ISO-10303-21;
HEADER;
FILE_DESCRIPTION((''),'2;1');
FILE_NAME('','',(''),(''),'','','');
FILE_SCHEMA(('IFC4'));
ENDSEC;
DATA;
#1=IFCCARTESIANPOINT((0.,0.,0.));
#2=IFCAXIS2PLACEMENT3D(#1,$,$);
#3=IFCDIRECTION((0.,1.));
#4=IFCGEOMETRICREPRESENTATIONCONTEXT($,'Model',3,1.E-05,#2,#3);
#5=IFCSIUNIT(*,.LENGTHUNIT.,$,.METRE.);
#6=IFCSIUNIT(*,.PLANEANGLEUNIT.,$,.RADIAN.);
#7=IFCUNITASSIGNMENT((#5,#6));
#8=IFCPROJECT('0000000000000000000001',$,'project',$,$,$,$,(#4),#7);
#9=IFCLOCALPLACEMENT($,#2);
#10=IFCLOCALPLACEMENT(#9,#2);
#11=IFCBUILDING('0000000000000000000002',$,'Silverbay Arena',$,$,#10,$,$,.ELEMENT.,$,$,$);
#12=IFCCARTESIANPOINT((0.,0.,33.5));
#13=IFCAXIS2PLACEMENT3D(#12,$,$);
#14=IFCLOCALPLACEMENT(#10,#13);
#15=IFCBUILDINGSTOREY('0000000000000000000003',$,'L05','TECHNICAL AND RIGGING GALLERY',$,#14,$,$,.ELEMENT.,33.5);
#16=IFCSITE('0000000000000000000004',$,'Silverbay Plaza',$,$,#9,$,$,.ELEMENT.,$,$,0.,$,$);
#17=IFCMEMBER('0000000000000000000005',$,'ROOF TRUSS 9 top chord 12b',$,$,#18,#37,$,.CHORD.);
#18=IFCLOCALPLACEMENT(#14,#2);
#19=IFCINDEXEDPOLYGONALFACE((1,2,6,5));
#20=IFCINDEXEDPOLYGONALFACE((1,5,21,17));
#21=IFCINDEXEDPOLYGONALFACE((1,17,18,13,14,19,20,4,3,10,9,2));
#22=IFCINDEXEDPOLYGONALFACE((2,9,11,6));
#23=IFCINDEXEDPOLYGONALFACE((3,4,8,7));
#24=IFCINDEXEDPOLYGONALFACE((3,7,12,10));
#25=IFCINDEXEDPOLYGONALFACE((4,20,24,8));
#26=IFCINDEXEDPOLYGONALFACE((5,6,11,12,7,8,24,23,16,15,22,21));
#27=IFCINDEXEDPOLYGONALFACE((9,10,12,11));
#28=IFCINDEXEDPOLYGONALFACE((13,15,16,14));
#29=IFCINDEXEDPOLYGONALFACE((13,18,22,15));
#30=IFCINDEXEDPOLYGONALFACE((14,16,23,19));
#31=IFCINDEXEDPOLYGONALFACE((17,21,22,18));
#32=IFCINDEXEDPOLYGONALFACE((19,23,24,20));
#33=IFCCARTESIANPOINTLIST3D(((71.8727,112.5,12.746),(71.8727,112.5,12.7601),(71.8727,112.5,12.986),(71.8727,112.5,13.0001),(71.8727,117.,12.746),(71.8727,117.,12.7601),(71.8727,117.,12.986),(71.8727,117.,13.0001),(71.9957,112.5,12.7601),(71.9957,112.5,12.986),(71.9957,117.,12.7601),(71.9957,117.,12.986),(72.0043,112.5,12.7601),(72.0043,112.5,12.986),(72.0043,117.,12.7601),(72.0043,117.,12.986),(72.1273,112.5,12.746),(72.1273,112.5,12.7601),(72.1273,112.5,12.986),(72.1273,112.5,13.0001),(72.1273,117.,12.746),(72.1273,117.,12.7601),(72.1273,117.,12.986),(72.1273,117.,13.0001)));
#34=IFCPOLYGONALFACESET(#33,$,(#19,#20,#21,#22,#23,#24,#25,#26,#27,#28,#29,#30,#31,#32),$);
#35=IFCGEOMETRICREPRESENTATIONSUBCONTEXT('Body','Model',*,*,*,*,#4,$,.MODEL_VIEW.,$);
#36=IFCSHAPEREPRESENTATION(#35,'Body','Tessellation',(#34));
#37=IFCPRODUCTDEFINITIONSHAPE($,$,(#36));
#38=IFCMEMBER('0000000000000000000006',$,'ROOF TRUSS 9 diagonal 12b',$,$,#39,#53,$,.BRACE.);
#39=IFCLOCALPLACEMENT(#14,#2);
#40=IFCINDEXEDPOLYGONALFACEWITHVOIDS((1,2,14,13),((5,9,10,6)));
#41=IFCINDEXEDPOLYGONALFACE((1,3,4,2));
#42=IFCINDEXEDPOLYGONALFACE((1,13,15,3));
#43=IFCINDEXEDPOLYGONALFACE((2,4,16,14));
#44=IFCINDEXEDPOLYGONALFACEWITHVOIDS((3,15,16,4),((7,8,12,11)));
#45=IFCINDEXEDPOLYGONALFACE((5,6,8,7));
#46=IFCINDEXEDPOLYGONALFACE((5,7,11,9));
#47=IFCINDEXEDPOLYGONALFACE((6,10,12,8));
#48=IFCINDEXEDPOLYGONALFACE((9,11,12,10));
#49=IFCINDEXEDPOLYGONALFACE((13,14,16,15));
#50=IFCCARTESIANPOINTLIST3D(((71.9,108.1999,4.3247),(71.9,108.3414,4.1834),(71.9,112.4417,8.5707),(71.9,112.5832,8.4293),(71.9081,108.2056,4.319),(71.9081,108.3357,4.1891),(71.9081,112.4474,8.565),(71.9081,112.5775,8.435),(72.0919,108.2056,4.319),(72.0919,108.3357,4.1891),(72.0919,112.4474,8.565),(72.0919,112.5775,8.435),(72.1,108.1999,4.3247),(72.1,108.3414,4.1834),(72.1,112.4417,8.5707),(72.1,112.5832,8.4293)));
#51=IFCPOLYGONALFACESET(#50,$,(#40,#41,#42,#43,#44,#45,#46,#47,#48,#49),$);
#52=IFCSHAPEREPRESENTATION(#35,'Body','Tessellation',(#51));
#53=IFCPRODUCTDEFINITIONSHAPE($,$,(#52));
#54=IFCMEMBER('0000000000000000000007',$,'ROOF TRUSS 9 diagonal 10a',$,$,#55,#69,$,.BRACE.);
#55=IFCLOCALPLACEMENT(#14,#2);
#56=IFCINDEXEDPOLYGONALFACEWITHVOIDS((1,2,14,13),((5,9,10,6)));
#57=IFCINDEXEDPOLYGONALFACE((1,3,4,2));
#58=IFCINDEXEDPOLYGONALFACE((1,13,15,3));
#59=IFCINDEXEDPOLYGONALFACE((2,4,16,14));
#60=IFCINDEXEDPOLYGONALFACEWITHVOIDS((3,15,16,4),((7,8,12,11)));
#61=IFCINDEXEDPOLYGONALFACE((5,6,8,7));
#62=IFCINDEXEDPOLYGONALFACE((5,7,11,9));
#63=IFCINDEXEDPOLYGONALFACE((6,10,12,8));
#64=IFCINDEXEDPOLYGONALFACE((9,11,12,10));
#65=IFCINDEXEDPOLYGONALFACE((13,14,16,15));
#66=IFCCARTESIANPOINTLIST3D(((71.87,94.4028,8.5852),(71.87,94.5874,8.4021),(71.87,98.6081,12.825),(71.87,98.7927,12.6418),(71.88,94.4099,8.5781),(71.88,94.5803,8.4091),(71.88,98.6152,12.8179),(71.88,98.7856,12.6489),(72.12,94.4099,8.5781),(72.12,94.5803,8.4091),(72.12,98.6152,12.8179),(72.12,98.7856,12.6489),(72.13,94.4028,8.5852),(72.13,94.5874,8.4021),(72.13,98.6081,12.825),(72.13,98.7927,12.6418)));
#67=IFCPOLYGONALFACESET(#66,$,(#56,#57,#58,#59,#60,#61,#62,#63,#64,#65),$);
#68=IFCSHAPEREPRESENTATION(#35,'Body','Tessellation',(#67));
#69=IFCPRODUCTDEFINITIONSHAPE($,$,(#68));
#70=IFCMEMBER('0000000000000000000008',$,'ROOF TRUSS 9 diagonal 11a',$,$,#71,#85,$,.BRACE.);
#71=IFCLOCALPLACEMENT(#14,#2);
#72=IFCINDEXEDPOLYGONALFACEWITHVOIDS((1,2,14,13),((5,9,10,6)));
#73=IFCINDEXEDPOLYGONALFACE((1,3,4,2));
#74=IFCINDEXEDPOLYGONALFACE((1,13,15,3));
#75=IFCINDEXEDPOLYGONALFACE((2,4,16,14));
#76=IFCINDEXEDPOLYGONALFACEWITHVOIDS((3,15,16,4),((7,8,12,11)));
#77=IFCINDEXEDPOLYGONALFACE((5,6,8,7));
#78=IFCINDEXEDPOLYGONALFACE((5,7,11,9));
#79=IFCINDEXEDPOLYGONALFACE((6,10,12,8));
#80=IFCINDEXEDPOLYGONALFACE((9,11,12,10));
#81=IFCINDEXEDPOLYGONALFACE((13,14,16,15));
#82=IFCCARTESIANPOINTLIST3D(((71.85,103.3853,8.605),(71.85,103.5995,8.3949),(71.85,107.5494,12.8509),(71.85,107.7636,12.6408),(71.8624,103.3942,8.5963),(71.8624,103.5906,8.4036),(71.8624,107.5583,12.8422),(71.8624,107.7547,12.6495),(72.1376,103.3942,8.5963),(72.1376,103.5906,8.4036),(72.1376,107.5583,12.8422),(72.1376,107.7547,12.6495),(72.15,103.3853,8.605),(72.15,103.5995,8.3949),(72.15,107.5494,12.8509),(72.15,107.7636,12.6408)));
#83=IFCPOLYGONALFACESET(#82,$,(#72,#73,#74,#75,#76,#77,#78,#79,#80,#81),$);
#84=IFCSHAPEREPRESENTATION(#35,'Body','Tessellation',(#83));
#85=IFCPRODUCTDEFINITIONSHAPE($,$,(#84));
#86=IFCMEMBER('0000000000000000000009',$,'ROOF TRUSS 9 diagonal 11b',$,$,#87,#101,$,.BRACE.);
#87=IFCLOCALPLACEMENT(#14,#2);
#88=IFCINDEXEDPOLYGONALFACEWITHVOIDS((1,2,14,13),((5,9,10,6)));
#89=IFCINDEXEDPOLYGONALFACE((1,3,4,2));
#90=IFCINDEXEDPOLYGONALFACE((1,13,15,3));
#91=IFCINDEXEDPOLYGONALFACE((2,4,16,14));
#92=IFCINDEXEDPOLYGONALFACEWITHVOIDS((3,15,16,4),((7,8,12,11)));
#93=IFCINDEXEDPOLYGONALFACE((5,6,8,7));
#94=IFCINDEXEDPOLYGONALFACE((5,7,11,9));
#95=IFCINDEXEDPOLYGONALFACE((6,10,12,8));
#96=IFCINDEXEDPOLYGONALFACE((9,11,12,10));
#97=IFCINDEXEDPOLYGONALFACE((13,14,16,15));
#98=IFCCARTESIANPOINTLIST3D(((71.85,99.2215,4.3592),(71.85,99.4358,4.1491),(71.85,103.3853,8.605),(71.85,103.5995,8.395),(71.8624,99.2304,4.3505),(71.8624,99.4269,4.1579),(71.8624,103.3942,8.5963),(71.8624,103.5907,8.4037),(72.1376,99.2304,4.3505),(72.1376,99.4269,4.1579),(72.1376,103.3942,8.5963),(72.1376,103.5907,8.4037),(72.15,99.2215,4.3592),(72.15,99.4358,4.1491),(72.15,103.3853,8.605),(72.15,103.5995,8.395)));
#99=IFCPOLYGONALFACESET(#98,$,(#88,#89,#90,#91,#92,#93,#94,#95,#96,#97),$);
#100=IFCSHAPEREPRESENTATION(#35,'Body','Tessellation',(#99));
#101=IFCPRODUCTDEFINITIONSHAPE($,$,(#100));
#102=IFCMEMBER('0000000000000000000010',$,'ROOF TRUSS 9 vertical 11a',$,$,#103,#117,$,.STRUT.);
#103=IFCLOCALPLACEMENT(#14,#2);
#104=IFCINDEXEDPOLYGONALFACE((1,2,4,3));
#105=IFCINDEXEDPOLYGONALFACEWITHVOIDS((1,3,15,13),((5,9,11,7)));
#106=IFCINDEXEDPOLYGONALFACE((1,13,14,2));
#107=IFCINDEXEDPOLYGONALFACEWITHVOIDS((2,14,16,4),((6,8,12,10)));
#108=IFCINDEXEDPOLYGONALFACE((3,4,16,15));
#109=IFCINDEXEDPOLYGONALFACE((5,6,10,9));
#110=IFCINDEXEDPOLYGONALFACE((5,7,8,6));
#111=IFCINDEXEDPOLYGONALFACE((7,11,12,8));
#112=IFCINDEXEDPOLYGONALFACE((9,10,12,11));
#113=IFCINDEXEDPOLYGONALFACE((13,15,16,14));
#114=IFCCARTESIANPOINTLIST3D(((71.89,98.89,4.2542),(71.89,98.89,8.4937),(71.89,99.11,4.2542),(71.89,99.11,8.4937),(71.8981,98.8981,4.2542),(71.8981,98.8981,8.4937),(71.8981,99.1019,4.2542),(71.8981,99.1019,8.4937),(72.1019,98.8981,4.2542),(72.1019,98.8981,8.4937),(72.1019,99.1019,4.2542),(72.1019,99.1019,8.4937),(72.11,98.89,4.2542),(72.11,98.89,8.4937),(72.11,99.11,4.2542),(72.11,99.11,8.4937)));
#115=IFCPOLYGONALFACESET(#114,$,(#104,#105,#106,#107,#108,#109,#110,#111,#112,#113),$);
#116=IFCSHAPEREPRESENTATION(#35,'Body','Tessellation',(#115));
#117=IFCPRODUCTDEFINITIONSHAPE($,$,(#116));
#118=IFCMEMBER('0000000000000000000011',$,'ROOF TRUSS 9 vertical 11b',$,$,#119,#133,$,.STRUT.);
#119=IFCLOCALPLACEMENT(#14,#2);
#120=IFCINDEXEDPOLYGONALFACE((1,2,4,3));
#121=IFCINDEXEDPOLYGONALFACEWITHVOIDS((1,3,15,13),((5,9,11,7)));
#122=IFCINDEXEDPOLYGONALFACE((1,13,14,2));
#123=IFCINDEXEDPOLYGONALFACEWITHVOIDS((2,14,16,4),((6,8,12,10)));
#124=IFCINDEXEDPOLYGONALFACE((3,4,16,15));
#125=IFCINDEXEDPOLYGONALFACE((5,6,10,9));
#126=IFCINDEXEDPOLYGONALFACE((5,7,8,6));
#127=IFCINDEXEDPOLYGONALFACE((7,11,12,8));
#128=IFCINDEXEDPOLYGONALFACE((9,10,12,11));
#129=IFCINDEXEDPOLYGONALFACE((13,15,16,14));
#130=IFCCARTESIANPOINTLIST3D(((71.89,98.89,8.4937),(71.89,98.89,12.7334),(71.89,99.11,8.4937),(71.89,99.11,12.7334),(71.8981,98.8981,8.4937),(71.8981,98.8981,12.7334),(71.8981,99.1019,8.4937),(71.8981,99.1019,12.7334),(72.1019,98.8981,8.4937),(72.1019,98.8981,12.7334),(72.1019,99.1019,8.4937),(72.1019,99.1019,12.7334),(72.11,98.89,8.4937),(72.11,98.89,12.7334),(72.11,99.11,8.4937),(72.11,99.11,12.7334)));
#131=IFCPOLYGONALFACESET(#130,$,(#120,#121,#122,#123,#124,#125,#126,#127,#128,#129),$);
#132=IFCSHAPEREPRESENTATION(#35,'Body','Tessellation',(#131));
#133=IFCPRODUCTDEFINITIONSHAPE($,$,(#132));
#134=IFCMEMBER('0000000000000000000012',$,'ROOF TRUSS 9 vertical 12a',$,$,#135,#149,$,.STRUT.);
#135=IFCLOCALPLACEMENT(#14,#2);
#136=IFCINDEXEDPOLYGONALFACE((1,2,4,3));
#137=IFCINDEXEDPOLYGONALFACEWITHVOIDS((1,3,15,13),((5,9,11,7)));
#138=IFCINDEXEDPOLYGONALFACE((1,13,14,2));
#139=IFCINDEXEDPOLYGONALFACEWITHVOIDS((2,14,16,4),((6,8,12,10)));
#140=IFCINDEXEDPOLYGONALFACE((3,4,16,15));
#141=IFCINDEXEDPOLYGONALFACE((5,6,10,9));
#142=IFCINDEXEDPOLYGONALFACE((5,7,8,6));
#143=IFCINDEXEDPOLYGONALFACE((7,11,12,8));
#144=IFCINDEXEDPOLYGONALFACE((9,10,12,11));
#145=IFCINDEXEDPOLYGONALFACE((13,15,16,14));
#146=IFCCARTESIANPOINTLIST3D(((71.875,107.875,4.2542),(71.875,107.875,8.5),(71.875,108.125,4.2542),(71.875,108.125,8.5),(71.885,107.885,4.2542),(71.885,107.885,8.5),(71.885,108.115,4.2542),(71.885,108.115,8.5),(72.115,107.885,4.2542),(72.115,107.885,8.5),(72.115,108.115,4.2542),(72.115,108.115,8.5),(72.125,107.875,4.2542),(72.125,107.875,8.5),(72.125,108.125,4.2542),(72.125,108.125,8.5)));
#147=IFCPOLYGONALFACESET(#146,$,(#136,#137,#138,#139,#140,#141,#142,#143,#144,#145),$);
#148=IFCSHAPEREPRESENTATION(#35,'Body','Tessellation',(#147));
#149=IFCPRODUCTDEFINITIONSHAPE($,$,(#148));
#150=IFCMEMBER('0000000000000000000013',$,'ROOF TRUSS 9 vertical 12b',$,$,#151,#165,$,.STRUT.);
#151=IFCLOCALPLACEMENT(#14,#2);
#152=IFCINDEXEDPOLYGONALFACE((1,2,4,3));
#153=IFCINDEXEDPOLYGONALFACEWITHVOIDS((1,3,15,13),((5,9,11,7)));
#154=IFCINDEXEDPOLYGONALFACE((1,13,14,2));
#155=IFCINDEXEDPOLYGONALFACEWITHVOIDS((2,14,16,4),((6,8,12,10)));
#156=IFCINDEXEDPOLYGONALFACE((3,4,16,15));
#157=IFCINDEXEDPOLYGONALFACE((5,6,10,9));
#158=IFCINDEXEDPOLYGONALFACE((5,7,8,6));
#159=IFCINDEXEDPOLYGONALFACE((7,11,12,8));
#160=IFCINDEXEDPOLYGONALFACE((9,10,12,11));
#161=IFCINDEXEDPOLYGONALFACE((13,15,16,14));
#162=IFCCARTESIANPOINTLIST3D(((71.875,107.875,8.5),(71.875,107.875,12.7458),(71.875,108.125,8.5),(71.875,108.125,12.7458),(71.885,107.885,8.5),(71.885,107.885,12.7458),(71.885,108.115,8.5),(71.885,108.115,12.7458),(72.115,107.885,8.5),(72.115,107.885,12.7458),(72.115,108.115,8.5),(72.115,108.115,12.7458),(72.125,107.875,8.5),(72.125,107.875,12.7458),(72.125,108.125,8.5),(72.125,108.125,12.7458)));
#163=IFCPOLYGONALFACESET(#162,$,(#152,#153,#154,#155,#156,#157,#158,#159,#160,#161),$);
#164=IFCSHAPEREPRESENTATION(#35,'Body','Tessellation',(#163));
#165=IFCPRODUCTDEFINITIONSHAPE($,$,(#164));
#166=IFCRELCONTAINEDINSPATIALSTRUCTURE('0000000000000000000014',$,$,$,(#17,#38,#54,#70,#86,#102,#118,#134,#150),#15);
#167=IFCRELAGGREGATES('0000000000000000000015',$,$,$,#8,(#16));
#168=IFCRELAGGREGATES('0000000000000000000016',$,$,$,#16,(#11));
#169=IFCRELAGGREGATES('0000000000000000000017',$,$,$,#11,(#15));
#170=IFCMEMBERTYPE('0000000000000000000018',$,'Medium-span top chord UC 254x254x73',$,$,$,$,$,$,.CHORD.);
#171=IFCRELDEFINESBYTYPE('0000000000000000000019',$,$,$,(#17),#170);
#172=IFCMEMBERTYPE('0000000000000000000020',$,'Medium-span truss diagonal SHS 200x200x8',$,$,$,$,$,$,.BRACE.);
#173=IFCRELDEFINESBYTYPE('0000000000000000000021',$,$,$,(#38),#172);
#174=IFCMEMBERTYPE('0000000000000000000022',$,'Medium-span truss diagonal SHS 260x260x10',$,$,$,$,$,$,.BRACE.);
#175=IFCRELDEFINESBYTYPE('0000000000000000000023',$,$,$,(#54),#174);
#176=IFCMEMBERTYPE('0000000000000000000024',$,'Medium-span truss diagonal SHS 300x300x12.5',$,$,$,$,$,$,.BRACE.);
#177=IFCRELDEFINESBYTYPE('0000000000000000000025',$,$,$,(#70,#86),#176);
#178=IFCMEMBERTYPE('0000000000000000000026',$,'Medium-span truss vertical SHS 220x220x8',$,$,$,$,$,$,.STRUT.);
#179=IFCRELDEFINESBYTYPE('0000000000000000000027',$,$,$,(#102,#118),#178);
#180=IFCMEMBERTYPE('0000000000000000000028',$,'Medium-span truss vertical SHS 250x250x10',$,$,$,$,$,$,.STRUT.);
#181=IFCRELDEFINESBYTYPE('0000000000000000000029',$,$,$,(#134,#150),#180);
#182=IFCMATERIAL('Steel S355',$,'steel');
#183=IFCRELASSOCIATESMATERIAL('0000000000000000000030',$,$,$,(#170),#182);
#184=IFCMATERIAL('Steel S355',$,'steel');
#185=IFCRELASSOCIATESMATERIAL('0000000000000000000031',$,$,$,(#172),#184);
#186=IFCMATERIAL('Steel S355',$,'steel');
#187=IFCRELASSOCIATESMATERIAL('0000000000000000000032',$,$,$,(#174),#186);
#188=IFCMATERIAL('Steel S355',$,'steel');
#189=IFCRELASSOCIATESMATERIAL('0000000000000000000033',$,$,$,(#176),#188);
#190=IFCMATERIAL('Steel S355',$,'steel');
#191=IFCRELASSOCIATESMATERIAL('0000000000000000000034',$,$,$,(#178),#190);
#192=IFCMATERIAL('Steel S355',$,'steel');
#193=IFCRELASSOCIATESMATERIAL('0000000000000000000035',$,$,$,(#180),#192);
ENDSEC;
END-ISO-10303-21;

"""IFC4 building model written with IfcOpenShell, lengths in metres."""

from ifc_helpers import new_model, si_unit, direction, frame, origin, origin_2d, place, context, subcontext, project, spatial, hollow_rectangle, i_section, extrude, material, material_profile, profile_set, type_object, element, save


model = new_model("IFC4")

# Units and contexts
model_context = context("Model", 3, precision=1e-05, world=origin(), true_north=direction((0.0, 1.0)))
body_context = subcontext(model_context, "Body", "Model", "MODEL_VIEW")
ifc_project = project(units=[si_unit("LENGTHUNIT", "METRE"), si_unit("PLANEANGLEUNIT", "RADIAN")], contexts=[model_context])

# Site, building, storey
site_placement = place(None, origin())
site = spatial("IfcSite", under=ifc_project, at=site_placement, Name="Silverbay Plaza", CompositionType="ELEMENT", RefElevation=0.0)
building_placement = place(site_placement, origin())
building = spatial("IfcBuilding", under=site, at=building_placement, Name="Silverbay Arena", CompositionType="ELEMENT")
storey_placement = place(building_placement, frame((0.0, 0.0, 33.5)))
storey = spatial("IfcBuildingStorey", under=building, at=storey_placement, Name="L05", Description="TECHNICAL AND RIGGING GALLERY", CompositionType="ELEMENT", Elevation=33.5)

# Members
ifc_material_1 = material(Name="Steel S355", Category="steel")
ifc_material_profile_1 = material_profile(ifc_material_1, i_section(OverallWidth=0.2546, OverallDepth=0.2542, WebThickness=0.0085, FlangeThickness=0.0142, at=origin_2d()), Name="UC 254x254x73")
ifc_profile_set_1 = profile_set([ifc_material_profile_1], Name="Steel S355")
member_type_1 = type_object("IfcMemberType", Name="Medium-span top chord UC 254x254x73", PredefinedType="CHORD", material=ifc_profile_set_1)
for number, where, z_axis, x_axis, name in (
    (1, (72.0, 112.5, 12.873), (0.0, 1.0, 0.0), (-1.0, 0.0, 0.0), "ROOF TRUSS 9 top chord 12b"),
):
    element("IfcMember", number, at=place(storey_placement, frame(where, z_axis=z_axis, x_axis=x_axis)), inside=storey, type_object=member_type_1, Name=name, PredefinedType="CHORD", context=body_context, shape_type="SweptSolid", body=[
        extrude(i_section(OverallWidth=0.2546, OverallDepth=0.2542, WebThickness=0.0085, FlangeThickness=0.0142, at=origin_2d()), origin(), (0.0, 0.0, 1.0), 4.5),
    ])
ifc_material_2 = material(Name="Steel S355", Category="steel")
ifc_material_profile_2 = material_profile(ifc_material_2, hollow_rectangle(XDim=0.2, YDim=0.2, WallThickness=0.0081, at=origin_2d()), Name="SHS 200x200x8")
ifc_profile_set_2 = profile_set([ifc_material_profile_2], Name="Steel S355")
member_type_2 = type_object("IfcMemberType", Name="Medium-span truss diagonal SHS 200x200x8", PredefinedType="BRACE", material=ifc_profile_set_2)
member_1_placement = place(storey_placement, frame((72.0, 112.5125, 8.5), z_axis=(0.0, -0.706761, -0.707452), x_axis=(1.0, 0.0, 0.0)))
element("IfcMember", 2, at=member_1_placement, inside=storey, type_object=member_type_2, Name="ROOF TRUSS 9 diagonal 12b", PredefinedType="BRACE", context=body_context, shape_type="SweptSolid", body=[
    extrude(hollow_rectangle(XDim=0.2, YDim=0.2, WallThickness=0.0081, at=origin_2d()), origin(), (0.0, 0.0, 1.0), 6.0017),
])
ifc_material_3 = material(Name="Steel S355", Category="steel")
ifc_material_profile_3 = material_profile(ifc_material_3, hollow_rectangle(XDim=0.26, YDim=0.26, WallThickness=0.01, at=origin_2d()), Name="SHS 260x260x10")
ifc_profile_set_3 = profile_set([ifc_material_profile_3], Name="Steel S355")
member_type_3 = type_object("IfcMemberType", Name="Medium-span truss diagonal SHS 260x260x10", PredefinedType="BRACE", material=ifc_profile_set_3)
member_2_placement = place(storey_placement, frame((72.0, 98.7004, 12.7334), z_axis=(0.0, -0.704219, -0.709983), x_axis=(1.0, 0.0, 0.0)))
element("IfcMember", 3, at=member_2_placement, inside=storey, type_object=member_type_3, Name="ROOF TRUSS 9 diagonal 10a", PredefinedType="BRACE", context=body_context, shape_type="SweptSolid", body=[
    extrude(hollow_rectangle(XDim=0.26, YDim=0.26, WallThickness=0.01, at=origin_2d()), origin(), (0.0, 0.0, 1.0), 5.9717),
])
ifc_material_4 = material(Name="Steel S355", Category="steel")
ifc_material_profile_4 = material_profile(ifc_material_4, hollow_rectangle(XDim=0.3, YDim=0.3, WallThickness=0.0125, at=origin_2d()), Name="SHS 300x300x12.5")
ifc_profile_set_4 = profile_set([ifc_material_profile_4], Name="Steel S355")
member_type_4 = type_object("IfcMemberType", Name="Medium-span truss diagonal SHS 300x300x12.5", PredefinedType="BRACE", material=ifc_profile_set_4)
member_3_placement = place(storey_placement, frame((72.0, 107.6565, 12.7458), z_axis=(0.0, -0.700197, -0.71395), x_axis=(1.0, 0.0, 0.0)))
element("IfcMember", 4, at=member_3_placement, inside=storey, type_object=member_type_4, Name="ROOF TRUSS 9 diagonal 11a", PredefinedType="BRACE", context=body_context, shape_type="SweptSolid", body=[
    extrude(hollow_rectangle(XDim=0.3, YDim=0.3, WallThickness=0.0125, at=origin_2d()), origin(), (0.0, 0.0, 1.0), 5.947),
])
member_4_placement = place(storey_placement, frame((72.0, 103.4924, 8.5), z_axis=(0.0, -0.700176, -0.71397), x_axis=(1.0, 0.0, 0.0)))
element("IfcMember", 5, at=member_4_placement, inside=storey, type_object=member_type_4, Name="ROOF TRUSS 9 diagonal 11b", PredefinedType="BRACE", context=body_context, shape_type="SweptSolid", body=[
    extrude(hollow_rectangle(XDim=0.3, YDim=0.3, WallThickness=0.0125, at=origin_2d()), origin(), (0.0, 0.0, 1.0), 5.9468),
])
ifc_material_5 = material(Name="Steel S355", Category="steel")
ifc_material_profile_5 = material_profile(ifc_material_5, hollow_rectangle(XDim=0.22, YDim=0.22, WallThickness=0.0081, at=origin_2d()), Name="SHS 220x220x8")
ifc_profile_set_5 = profile_set([ifc_material_profile_5], Name="Steel S355")
member_type_5 = type_object("IfcMemberType", Name="Medium-span truss vertical SHS 220x220x8", PredefinedType="STRUT", material=ifc_profile_set_5)
member_5_placement = place(storey_placement, frame((72.0, 99.0, 4.2542), z_axis=(0.0, 0.0, 1.0), x_axis=(1.0, 0.0, 0.0)))
element("IfcMember", 6, at=member_5_placement, inside=storey, type_object=member_type_5, Name="ROOF TRUSS 9 vertical 11a", PredefinedType="STRUT", context=body_context, shape_type="SweptSolid", body=[
    extrude(hollow_rectangle(XDim=0.22, YDim=0.22, WallThickness=0.0081, at=origin_2d()), origin(), (0.0, 0.0, 1.0), 4.2395),
])
member_6_placement = place(storey_placement, frame((72.0, 99.0, 8.4937), z_axis=(0.0, 0.0, 1.0), x_axis=(1.0, 0.0, 0.0)))
element("IfcMember", 7, at=member_6_placement, inside=storey, type_object=member_type_5, Name="ROOF TRUSS 9 vertical 11b", PredefinedType="STRUT", context=body_context, shape_type="SweptSolid", body=[
    extrude(hollow_rectangle(XDim=0.22, YDim=0.22, WallThickness=0.0081, at=origin_2d()), origin(), (0.0, 0.0, 1.0), 4.2397),
])
ifc_material_6 = material(Name="Steel S355", Category="steel")
ifc_material_profile_6 = material_profile(ifc_material_6, hollow_rectangle(XDim=0.25, YDim=0.25, WallThickness=0.01, at=origin_2d()), Name="SHS 250x250x10")
ifc_profile_set_6 = profile_set([ifc_material_profile_6], Name="Steel S355")
member_type_6 = type_object("IfcMemberType", Name="Medium-span truss vertical SHS 250x250x10", PredefinedType="STRUT", material=ifc_profile_set_6)
for number, where, z_axis, x_axis, name in (
    (8, (72.0, 108.0, 4.2542), (0.0, 0.0, 1.0), (1.0, 0.0, 0.0), "ROOF TRUSS 9 vertical 12a"),
    (9, (72.0, 108.0, 8.5), (0.0, 0.0, 1.0), (1.0, 0.0, 0.0), "ROOF TRUSS 9 vertical 12b"),
):
    element("IfcMember", number, at=place(storey_placement, frame(where, z_axis=z_axis, x_axis=x_axis)), inside=storey, type_object=member_type_6, Name=name, PredefinedType="STRUT", context=body_context, shape_type="SweptSolid", body=[
        extrude(hollow_rectangle(XDim=0.25, YDim=0.25, WallThickness=0.01, at=origin_2d()), origin(), (0.0, 0.0, 1.0), 4.2458),
    ])

save(model, "model.ifc")
